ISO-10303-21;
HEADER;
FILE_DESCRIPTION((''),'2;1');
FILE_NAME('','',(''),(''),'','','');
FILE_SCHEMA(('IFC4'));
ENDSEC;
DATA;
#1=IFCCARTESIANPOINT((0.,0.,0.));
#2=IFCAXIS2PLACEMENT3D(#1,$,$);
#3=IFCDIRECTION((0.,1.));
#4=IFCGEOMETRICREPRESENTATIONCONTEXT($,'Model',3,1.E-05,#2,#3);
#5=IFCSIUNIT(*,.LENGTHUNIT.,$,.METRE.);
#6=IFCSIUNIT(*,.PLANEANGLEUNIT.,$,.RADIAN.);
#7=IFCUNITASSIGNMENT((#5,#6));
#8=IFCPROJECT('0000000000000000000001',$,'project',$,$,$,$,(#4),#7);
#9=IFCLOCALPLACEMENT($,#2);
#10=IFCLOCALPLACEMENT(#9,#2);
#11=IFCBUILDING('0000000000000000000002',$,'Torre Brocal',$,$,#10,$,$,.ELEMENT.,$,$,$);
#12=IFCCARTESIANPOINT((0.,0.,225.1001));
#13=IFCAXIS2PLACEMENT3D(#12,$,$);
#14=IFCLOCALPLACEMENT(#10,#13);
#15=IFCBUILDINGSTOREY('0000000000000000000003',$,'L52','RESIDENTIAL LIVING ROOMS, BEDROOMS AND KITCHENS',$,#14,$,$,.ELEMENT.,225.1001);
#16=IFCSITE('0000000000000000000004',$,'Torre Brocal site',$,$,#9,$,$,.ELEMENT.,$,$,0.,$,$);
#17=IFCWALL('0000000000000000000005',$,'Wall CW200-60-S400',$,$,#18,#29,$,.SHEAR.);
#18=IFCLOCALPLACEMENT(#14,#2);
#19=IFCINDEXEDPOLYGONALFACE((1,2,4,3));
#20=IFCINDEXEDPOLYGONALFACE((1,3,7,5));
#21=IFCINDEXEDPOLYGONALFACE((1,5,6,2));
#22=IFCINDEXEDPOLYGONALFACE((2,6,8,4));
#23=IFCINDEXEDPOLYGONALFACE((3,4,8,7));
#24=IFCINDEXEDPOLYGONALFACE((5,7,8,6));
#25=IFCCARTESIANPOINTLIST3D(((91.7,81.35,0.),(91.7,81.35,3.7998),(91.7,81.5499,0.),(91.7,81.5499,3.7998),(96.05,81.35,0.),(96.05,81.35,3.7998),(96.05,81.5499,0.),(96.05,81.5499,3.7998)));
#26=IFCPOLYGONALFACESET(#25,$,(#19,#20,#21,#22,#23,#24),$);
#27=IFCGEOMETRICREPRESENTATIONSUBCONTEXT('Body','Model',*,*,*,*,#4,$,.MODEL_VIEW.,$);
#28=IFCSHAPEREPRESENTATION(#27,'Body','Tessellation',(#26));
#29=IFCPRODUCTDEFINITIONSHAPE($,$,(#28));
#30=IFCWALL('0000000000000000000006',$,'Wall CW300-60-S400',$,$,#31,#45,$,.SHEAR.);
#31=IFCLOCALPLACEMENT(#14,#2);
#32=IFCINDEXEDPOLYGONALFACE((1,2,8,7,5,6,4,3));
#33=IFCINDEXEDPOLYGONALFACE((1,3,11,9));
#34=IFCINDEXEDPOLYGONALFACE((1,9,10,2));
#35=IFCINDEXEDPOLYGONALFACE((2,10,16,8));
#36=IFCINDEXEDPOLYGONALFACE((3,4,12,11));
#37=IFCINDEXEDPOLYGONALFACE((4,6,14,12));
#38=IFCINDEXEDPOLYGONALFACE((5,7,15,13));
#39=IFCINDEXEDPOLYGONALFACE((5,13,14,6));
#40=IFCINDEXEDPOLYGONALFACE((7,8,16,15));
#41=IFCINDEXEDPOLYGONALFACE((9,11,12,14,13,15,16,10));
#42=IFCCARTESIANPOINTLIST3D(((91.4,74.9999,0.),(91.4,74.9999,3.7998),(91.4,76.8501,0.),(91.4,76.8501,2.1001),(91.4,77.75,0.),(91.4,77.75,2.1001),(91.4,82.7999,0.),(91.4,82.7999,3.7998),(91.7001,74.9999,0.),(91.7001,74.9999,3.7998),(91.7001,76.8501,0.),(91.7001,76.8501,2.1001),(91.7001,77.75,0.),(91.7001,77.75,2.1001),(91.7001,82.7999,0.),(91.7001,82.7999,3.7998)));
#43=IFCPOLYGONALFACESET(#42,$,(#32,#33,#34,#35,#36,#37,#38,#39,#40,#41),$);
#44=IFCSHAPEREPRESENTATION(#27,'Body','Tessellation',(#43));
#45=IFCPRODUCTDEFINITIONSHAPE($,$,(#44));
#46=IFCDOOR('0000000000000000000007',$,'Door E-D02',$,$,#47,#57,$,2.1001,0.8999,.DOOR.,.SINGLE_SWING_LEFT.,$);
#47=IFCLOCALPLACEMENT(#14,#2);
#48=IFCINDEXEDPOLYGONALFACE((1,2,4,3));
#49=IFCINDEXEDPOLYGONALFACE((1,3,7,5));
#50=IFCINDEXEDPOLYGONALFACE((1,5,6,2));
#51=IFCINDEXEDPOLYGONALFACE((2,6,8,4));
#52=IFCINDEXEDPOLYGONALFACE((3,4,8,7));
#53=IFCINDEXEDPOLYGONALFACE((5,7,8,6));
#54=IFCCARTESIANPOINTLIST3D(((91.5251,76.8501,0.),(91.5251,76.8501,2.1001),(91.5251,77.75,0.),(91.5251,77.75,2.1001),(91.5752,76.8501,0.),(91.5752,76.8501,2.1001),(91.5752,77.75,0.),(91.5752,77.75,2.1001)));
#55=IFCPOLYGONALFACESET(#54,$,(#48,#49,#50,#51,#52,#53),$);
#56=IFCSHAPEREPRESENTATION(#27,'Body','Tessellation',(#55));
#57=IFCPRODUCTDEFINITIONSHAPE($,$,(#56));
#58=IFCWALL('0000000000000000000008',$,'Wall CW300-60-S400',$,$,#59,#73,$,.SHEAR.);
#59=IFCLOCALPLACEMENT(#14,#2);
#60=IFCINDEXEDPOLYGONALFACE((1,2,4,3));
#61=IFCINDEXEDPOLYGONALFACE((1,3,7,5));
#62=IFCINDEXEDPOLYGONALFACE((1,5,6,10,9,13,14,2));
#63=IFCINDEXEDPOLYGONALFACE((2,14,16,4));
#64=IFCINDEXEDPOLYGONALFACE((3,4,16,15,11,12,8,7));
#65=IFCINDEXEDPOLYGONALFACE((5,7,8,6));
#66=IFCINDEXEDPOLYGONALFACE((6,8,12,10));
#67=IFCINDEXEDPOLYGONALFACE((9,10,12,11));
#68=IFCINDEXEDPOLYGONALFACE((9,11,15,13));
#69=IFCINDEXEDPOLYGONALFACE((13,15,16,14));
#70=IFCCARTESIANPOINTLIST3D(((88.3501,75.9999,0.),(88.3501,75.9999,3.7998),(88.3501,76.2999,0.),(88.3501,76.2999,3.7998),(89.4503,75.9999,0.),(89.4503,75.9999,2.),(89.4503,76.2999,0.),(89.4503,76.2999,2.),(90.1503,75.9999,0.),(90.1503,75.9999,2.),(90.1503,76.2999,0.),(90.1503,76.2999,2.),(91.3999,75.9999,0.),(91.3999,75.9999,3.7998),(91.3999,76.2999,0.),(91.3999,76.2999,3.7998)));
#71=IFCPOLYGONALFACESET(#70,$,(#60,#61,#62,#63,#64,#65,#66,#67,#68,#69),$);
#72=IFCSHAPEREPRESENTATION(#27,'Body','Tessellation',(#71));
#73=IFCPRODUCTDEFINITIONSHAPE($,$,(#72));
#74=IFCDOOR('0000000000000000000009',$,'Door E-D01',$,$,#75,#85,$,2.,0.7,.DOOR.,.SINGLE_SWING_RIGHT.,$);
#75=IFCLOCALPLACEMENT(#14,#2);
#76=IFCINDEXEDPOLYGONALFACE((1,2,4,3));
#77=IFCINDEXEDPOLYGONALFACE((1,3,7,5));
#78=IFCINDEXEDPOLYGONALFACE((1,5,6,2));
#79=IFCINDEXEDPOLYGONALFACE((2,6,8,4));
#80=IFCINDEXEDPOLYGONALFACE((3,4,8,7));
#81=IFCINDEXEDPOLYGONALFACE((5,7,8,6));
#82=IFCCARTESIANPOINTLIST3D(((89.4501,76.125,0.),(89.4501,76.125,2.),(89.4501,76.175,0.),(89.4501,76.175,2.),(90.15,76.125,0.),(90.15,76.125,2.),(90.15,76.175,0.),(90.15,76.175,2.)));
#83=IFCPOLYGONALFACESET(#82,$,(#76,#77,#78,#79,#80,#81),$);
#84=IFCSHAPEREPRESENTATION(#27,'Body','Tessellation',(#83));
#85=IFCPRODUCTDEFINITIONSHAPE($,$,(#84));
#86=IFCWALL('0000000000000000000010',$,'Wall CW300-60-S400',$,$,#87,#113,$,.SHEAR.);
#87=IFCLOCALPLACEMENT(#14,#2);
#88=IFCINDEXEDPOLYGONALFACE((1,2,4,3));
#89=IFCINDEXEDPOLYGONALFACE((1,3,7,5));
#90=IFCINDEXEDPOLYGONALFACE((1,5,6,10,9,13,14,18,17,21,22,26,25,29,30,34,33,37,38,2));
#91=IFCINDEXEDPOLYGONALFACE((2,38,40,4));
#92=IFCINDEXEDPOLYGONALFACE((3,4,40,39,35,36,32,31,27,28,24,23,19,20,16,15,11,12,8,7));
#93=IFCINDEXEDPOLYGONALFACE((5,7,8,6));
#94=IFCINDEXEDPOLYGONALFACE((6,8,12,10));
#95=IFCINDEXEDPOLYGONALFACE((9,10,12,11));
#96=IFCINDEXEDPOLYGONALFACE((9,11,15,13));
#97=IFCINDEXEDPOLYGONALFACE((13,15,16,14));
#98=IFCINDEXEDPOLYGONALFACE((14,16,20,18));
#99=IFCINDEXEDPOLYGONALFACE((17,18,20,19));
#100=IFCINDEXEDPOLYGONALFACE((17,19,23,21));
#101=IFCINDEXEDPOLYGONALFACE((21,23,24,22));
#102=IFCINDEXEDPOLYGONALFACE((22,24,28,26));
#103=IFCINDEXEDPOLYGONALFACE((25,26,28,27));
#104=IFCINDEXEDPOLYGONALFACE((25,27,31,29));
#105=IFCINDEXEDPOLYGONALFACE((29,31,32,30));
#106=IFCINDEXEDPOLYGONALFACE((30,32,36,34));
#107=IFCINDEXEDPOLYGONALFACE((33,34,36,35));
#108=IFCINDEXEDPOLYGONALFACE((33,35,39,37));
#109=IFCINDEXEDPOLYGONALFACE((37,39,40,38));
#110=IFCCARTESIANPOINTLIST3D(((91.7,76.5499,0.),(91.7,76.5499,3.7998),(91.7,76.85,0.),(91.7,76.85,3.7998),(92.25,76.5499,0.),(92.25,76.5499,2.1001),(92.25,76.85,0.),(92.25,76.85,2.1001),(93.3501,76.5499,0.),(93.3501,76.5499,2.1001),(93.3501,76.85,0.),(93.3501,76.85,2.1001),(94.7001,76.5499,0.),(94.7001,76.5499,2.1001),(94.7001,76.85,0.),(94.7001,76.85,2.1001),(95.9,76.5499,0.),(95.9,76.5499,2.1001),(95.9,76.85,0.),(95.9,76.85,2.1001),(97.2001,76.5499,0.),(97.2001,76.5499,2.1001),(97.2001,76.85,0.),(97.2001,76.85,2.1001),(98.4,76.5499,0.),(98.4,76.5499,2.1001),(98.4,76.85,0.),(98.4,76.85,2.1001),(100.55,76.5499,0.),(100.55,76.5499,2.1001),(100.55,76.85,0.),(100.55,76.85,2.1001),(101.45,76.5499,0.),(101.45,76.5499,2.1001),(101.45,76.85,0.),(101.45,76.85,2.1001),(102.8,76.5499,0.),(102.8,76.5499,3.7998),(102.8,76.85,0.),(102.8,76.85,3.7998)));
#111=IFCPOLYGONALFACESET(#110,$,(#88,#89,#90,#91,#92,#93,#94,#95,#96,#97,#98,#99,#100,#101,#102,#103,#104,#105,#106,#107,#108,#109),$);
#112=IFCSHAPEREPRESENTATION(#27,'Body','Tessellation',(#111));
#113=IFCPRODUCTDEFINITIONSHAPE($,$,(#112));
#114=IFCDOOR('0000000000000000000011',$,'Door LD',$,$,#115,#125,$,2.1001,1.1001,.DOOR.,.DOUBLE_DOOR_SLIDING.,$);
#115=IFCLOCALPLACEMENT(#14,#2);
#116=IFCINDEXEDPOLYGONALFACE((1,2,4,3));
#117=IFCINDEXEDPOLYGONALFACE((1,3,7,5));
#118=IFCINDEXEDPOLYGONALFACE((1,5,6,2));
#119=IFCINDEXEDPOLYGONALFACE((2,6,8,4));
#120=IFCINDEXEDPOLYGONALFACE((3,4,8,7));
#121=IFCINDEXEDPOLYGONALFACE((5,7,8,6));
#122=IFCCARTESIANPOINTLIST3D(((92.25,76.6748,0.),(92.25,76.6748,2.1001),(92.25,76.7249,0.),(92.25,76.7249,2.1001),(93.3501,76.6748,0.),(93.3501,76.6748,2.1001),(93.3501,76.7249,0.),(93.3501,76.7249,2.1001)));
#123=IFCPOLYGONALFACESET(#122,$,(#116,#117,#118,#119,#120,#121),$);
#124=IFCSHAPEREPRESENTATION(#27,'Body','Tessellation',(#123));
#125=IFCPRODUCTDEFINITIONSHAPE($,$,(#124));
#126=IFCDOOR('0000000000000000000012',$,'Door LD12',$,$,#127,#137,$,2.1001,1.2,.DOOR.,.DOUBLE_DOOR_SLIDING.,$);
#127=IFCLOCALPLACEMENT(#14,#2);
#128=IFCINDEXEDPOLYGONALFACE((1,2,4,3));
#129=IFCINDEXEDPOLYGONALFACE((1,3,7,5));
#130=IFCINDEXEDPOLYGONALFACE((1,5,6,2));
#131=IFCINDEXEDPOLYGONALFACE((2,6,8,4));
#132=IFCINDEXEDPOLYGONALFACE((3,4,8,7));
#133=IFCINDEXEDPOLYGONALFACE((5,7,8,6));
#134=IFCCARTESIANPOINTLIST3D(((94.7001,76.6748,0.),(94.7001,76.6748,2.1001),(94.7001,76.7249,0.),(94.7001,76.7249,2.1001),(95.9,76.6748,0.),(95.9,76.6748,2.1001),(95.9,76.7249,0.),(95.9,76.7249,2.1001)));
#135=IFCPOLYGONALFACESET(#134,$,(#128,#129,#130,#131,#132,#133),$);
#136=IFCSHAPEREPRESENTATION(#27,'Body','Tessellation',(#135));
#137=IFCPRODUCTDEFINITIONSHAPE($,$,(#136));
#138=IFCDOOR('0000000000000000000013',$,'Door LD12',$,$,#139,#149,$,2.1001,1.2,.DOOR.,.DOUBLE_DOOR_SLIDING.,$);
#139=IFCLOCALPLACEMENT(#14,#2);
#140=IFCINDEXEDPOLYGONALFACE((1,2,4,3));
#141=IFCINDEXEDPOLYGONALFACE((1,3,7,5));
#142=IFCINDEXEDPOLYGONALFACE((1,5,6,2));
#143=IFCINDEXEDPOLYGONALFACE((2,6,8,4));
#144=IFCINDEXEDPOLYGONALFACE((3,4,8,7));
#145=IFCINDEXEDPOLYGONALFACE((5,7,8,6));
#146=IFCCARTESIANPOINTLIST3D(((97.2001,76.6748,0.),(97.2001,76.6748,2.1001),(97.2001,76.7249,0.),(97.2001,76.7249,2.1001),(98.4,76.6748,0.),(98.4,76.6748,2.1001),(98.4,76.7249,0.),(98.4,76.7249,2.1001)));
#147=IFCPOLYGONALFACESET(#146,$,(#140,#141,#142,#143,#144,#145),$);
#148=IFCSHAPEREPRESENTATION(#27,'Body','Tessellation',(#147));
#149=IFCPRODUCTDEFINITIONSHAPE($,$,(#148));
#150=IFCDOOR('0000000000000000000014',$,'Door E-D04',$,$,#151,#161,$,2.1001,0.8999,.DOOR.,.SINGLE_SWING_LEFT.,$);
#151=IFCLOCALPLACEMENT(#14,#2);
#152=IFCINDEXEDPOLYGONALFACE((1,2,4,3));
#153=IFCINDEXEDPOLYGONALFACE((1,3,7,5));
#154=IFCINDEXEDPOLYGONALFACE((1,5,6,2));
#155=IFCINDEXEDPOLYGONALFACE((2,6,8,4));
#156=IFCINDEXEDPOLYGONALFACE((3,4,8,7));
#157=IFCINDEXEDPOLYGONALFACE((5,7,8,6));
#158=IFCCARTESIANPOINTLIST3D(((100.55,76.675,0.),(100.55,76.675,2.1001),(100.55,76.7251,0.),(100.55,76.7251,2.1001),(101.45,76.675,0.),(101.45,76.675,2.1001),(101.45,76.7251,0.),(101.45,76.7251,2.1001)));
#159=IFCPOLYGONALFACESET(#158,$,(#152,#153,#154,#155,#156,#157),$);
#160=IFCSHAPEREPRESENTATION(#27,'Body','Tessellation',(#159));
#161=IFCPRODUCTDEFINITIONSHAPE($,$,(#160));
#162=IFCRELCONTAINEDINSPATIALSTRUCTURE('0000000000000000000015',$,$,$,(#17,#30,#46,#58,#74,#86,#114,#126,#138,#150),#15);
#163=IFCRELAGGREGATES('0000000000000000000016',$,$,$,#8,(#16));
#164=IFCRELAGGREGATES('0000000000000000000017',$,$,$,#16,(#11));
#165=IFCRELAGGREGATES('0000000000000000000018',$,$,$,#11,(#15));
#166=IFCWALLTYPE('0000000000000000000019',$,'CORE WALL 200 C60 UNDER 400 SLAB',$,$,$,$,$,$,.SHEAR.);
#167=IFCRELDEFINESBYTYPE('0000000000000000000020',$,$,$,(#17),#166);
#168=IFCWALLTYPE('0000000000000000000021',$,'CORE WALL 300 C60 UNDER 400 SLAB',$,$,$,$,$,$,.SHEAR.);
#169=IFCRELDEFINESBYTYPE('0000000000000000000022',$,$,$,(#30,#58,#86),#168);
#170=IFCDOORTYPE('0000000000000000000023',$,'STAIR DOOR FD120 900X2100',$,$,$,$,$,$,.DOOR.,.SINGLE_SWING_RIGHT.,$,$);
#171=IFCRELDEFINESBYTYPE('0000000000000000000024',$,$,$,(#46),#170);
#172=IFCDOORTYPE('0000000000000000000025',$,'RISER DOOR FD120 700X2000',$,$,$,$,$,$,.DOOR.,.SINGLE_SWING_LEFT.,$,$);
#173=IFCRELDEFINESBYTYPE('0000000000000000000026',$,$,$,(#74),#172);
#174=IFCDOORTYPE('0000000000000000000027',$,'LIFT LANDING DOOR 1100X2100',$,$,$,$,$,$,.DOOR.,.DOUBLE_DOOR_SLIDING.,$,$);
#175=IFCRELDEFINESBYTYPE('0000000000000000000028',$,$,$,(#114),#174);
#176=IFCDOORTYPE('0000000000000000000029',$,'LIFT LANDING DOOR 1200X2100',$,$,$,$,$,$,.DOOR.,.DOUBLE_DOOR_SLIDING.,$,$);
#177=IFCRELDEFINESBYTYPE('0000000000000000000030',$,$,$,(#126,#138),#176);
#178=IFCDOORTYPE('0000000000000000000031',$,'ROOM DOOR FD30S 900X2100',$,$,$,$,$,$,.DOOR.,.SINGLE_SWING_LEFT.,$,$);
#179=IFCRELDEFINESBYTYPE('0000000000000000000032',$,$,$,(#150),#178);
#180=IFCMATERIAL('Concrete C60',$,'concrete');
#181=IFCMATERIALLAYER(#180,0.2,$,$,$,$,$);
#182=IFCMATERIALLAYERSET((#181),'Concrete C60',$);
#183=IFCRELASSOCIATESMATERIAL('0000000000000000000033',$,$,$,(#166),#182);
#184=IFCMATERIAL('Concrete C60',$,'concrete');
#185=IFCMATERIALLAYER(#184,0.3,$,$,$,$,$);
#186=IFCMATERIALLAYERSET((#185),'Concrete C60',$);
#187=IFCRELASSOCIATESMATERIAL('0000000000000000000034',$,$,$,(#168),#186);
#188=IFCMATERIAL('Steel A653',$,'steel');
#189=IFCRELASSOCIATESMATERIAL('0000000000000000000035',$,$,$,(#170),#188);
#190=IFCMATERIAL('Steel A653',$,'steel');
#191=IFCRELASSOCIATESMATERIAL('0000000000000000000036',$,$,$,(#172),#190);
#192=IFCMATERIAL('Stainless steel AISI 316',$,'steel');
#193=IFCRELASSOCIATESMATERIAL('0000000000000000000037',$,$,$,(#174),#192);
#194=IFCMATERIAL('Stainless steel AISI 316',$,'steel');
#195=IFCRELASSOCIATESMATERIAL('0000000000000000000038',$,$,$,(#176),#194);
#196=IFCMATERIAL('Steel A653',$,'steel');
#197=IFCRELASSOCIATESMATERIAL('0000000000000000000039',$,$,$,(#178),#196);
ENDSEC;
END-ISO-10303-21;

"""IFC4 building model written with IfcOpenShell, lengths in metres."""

from ifc_helpers import new_model, si_unit, direction, frame, frame_2d, origin, place, context, subcontext, project, spatial, rectangle, extrude, material, layer, layer_set, type_object, element, fill, save


model = new_model("IFC4")

# Units and contexts
model_context = context("Model", 3, precision=1e-05, world=origin(), true_north=direction((0.0, 1.0)))
body_context = subcontext(model_context, "Body", "Model", "MODEL_VIEW")
ifc_project = project(units=[si_unit("LENGTHUNIT", "METRE"), si_unit("PLANEANGLEUNIT", "RADIAN")], contexts=[model_context])

# Site, building, storey
site_placement = place(None, origin())
site = spatial("IfcSite", under=ifc_project, at=site_placement, Name="Torre Brocal site", CompositionType="ELEMENT", RefElevation=0.0)
building_placement = place(site_placement, origin())
building = spatial("IfcBuilding", under=site, at=building_placement, Name="Torre Brocal", CompositionType="ELEMENT")
storey_placement = place(building_placement, frame((0.0, 0.0, 225.1001)))
storey = spatial("IfcBuildingStorey", under=building, at=storey_placement, Name="L52", Description="RESIDENTIAL LIVING ROOMS, BEDROOMS AND KITCHENS", CompositionType="ELEMENT", Elevation=225.1001)

# Wall
ifc_material_1 = material(Name="Concrete C60", Category="concrete")
ifc_layer_1 = layer(ifc_material_1, 0.2)
ifc_layer_set_1 = layer_set([ifc_layer_1], Name="Concrete C60")
wall_type_1 = type_object("IfcWallType", Name="CORE WALL 200 C60 UNDER 400 SLAB", PredefinedType="SHEAR", material=ifc_layer_set_1)
wall_1_placement = place(storey_placement, frame((91.7, 81.45, 0.0), z_axis=(0.0, 0.0, 1.0), x_axis=(1.0, 0.0, 0.0)))
element("IfcWall", 1, at=wall_1_placement, inside=storey, type_object=wall_type_1, Name="Wall CW200-60-S400", PredefinedType="SHEAR", context=body_context, shape_type="SweptSolid", body=[
    extrude(rectangle(XDim=4.3501, YDim=0.2, at=frame_2d((2.175, 0.0))), origin(), (0.0, 0.0, 1.0), 3.7998),
])

# Walls, openings, doors
ifc_material_2 = material(Name="Concrete C60", Category="concrete")
ifc_layer_2 = layer(ifc_material_2, 0.3)
ifc_layer_set_2 = layer_set([ifc_layer_2], Name="Concrete C60")
wall_type_2 = type_object("IfcWallType", Name="CORE WALL 300 C60 UNDER 400 SLAB", PredefinedType="SHEAR", material=ifc_layer_set_2)
wall_2_placement = place(storey_placement, frame((91.55, 75.0, 0.0), z_axis=(0.0, 0.0, 1.0), x_axis=(0.0, 1.0, 0.0)))
wall_2 = element("IfcWall", 2, at=wall_2_placement, inside=storey, type_object=wall_type_2, Name="Wall CW300-60-S400", PredefinedType="SHEAR", context=body_context, shape_type="SweptSolid", body=[
    extrude(rectangle(XDim=7.8, YDim=0.3, at=frame_2d((3.8999, 0.0))), origin(), (0.0, 0.0, 1.0), 3.7998),
])
opening_1_placement = place(wall_2_placement, frame((1.8501, 0.0, 0.0)))
opening_1 = element("IfcOpeningElement", 3, at=opening_1_placement, cuts=wall_2, PredefinedType="OPENING", context=body_context, shape_type="SweptSolid", body=[
    extrude(rectangle(XDim=0.8999, YDim=2.1001, at=frame_2d((0.45, 1.05))), frame((0.0, 0.1599, 0.0), z_axis=(0.0, -1.0, 0.0), x_axis=(1.0, 0.0, 0.0)), (0.0, 0.0, 1.0), 0.3201),
])
ifc_material_3 = material(Name="Steel A653", Category="steel")
door_type_1 = type_object("IfcDoorType", Name="STAIR DOOR FD120 900X2100", OperationType="SINGLE_SWING_RIGHT", PredefinedType="DOOR", material=ifc_material_3)
door_1_placement = place(opening_1_placement, origin())
door_1 = element("IfcDoor", 4, at=door_1_placement, inside=storey, type_object=door_type_1, Name="Door E-D02", OperationType="SINGLE_SWING_LEFT", OverallHeight=2.1001, OverallWidth=0.8999, PredefinedType="DOOR", context=body_context, shape_type="SweptSolid", body=[
    extrude(rectangle(XDim=0.8999, YDim=2.1001, at=frame_2d((0.45, 1.05))), frame((0.0, 0.0249, 0.0), z_axis=(0.0, -1.0, 0.0), x_axis=(1.0, 0.0, 0.0)), (0.0, 0.0, 1.0), 0.05),
])
fill(opening_1, door_1)
wall_3_placement = place(storey_placement, frame((88.3501, 76.1499, 0.0), z_axis=(0.0, 0.0, 1.0), x_axis=(1.0, 0.0, 0.0)))
wall_3 = element("IfcWall", 5, at=wall_3_placement, inside=storey, type_object=wall_type_2, Name="Wall CW300-60-S400", PredefinedType="SHEAR", context=body_context, shape_type="SweptSolid", body=[
    extrude(rectangle(XDim=3.0498, YDim=0.3, at=frame_2d((1.5249, 0.0))), origin(), (0.0, 0.0, 1.0), 3.7998),
])
opening_2_placement = place(wall_3_placement, frame((1.1001, 0.0, 0.0)))
opening_2 = element("IfcOpeningElement", 6, at=opening_2_placement, cuts=wall_3, PredefinedType="OPENING", context=body_context, shape_type="SweptSolid", body=[
    extrude(rectangle(XDim=0.7, YDim=2.0, at=frame_2d((0.3501, 1.0))), frame((0.0, 0.1599, 0.0), z_axis=(0.0, -1.0, 0.0), x_axis=(1.0, 0.0, 0.0)), (0.0, 0.0, 1.0), 0.3201),
])
ifc_material_4 = material(Name="Steel A653", Category="steel")
door_type_2 = type_object("IfcDoorType", Name="RISER DOOR FD120 700X2000", OperationType="SINGLE_SWING_LEFT", PredefinedType="DOOR", material=ifc_material_4)
door_2_placement = place(opening_2_placement, frame((0.7, 0.0, 0.0), z_axis=(0.0, 0.0, 1.0), x_axis=(-1.0, 0.0, 0.0)))
door_2 = element("IfcDoor", 7, at=door_2_placement, inside=storey, type_object=door_type_2, Name="Door E-D01", OperationType="SINGLE_SWING_RIGHT", OverallHeight=2.0, OverallWidth=0.7, PredefinedType="DOOR", context=body_context, shape_type="SweptSolid", body=[
    extrude(rectangle(XDim=0.7, YDim=2.0, at=frame_2d((0.3501, 1.0))), frame((0.0, 0.0249, 0.0), z_axis=(0.0, -1.0, 0.0), x_axis=(1.0, 0.0, 0.0)), (0.0, 0.0, 1.0), 0.05),
])
fill(opening_2, door_2)

# Wall, openings, doors
wall_4_placement = place(storey_placement, frame((91.7, 76.7, 0.0), z_axis=(0.0, 0.0, 1.0), x_axis=(1.0, 0.0, 0.0)))
wall_4 = element("IfcWall", 8, at=wall_4_placement, inside=storey, type_object=wall_type_2, Name="Wall CW300-60-S400", PredefinedType="SHEAR", context=body_context, shape_type="SweptSolid", body=[
    extrude(rectangle(XDim=11.1001, YDim=0.3, at=frame_2d((5.55, 0.0))), origin(), (0.0, 0.0, 1.0), 3.7998),
])
opening_3_placement = place(wall_4_placement, frame((0.55, 0.0, 0.0)))
opening_3 = element("IfcOpeningElement", 9, at=opening_3_placement, cuts=wall_4, PredefinedType="OPENING", context=body_context, shape_type="SweptSolid", body=[
    extrude(rectangle(XDim=1.1001, YDim=2.1001, at=frame_2d((0.55, 1.05))), frame((0.0, 0.1599, 0.0), z_axis=(0.0, -1.0, 0.0), x_axis=(1.0, 0.0, 0.0)), (0.0, 0.0, 1.0), 0.3201),
])
opening_4_placement = place(wall_4_placement, frame((3.0, 0.0, 0.0)))
opening_4 = element("IfcOpeningElement", 10, at=opening_4_placement, cuts=wall_4, PredefinedType="OPENING", context=body_context, shape_type="SweptSolid", body=[
    extrude(rectangle(XDim=1.2, YDim=2.1001, at=frame_2d((0.6001, 1.05))), frame((0.0, 0.1599, 0.0), z_axis=(0.0, -1.0, 0.0), x_axis=(1.0, 0.0, 0.0)), (0.0, 0.0, 1.0), 0.3201),
])
opening_5_placement = place(wall_4_placement, frame((5.5, 0.0, 0.0)))
opening_5 = element("IfcOpeningElement", 11, at=opening_5_placement, cuts=wall_4, PredefinedType="OPENING", context=body_context, shape_type="SweptSolid", body=[
    extrude(rectangle(XDim=1.2, YDim=2.1001, at=frame_2d((0.6001, 1.05))), frame((0.0, 0.1599, 0.0), z_axis=(0.0, -1.0, 0.0), x_axis=(1.0, 0.0, 0.0)), (0.0, 0.0, 1.0), 0.3201),
])
opening_6_placement = place(wall_4_placement, frame((8.8501, 0.0, 0.0)))
opening_6 = element("IfcOpeningElement", 12, at=opening_6_placement, cuts=wall_4, PredefinedType="OPENING", context=body_context, shape_type="SweptSolid", body=[
    extrude(rectangle(XDim=0.8999, YDim=2.1001, at=frame_2d((0.45, 1.05))), frame((0.0, 0.1599, 0.0), z_axis=(0.0, -1.0, 0.0), x_axis=(1.0, 0.0, 0.0)), (0.0, 0.0, 1.0), 0.3201),
])
ifc_material_5 = material(Name="Stainless steel AISI 316", Category="steel")
door_type_3 = type_object("IfcDoorType", Name="LIFT LANDING DOOR 1100X2100", OperationType="DOUBLE_DOOR_SLIDING", PredefinedType="DOOR", material=ifc_material_5)
door_3_placement = place(opening_3_placement, origin())
door_3 = element("IfcDoor", 13, at=door_3_placement, inside=storey, type_object=door_type_3, Name="Door LD", OperationType="DOUBLE_DOOR_SLIDING", OverallHeight=2.1001, OverallWidth=1.1001, PredefinedType="DOOR", context=body_context, shape_type="SweptSolid", body=[
    extrude(rectangle(XDim=1.1001, YDim=2.1001, at=frame_2d((0.55, 1.05))), frame((0.0, 0.0249, 0.0), z_axis=(0.0, -1.0, 0.0), x_axis=(1.0, 0.0, 0.0)), (0.0, 0.0, 1.0), 0.05),
])
fill(opening_3, door_3)
ifc_material_6 = material(Name="Stainless steel AISI 316", Category="steel")
door_type_4 = type_object("IfcDoorType", Name="LIFT LANDING DOOR 1200X2100", OperationType="DOUBLE_DOOR_SLIDING", PredefinedType="DOOR", material=ifc_material_6)
door_4_placement = place(opening_4_placement, origin())
door_4 = element("IfcDoor", 14, at=door_4_placement, inside=storey, type_object=door_type_4, Name="Door LD12", OperationType="DOUBLE_DOOR_SLIDING", OverallHeight=2.1001, OverallWidth=1.2, PredefinedType="DOOR", context=body_context, shape_type="SweptSolid", body=[
    extrude(rectangle(XDim=1.2, YDim=2.1001, at=frame_2d((0.6001, 1.05))), frame((0.0, 0.0249, 0.0), z_axis=(0.0, -1.0, 0.0), x_axis=(1.0, 0.0, 0.0)), (0.0, 0.0, 1.0), 0.05),
])
fill(opening_4, door_4)
door_5_placement = place(opening_5_placement, origin())
door_5 = element("IfcDoor", 15, at=door_5_placement, inside=storey, type_object=door_type_4, Name="Door LD12", OperationType="DOUBLE_DOOR_SLIDING", OverallHeight=2.1001, OverallWidth=1.2, PredefinedType="DOOR", context=body_context, shape_type="SweptSolid", body=[
    extrude(rectangle(XDim=1.2, YDim=2.1001, at=frame_2d((0.6001, 1.05))), frame((0.0, 0.0249, 0.0), z_axis=(0.0, -1.0, 0.0), x_axis=(1.0, 0.0, 0.0)), (0.0, 0.0, 1.0), 0.05),
])
fill(opening_5, door_5)
ifc_material_7 = material(Name="Steel A653", Category="steel")
door_type_5 = type_object("IfcDoorType", Name="ROOM DOOR FD30S 900X2100", OperationType="SINGLE_SWING_LEFT", PredefinedType="DOOR", material=ifc_material_7)
door_6_placement = place(opening_6_placement, frame((0.8999, 0.0, 0.0), z_axis=(0.0, 0.0, 1.0), x_axis=(-1.0, 0.0, 0.0)))
door_6 = element("IfcDoor", 16, at=door_6_placement, inside=storey, type_object=door_type_5, Name="Door E-D04", OperationType="SINGLE_SWING_LEFT", OverallHeight=2.1001, OverallWidth=0.8999, PredefinedType="DOOR", context=body_context, shape_type="SweptSolid", body=[
    extrude(rectangle(XDim=0.8999, YDim=2.1001, at=frame_2d((0.45, 1.05))), frame((0.0, 0.0249, 0.0), z_axis=(0.0, -1.0, 0.0), x_axis=(1.0, 0.0, 0.0)), (0.0, 0.0, 1.0), 0.05),
])
fill(opening_6, door_6)

save(model, "model.ifc")
